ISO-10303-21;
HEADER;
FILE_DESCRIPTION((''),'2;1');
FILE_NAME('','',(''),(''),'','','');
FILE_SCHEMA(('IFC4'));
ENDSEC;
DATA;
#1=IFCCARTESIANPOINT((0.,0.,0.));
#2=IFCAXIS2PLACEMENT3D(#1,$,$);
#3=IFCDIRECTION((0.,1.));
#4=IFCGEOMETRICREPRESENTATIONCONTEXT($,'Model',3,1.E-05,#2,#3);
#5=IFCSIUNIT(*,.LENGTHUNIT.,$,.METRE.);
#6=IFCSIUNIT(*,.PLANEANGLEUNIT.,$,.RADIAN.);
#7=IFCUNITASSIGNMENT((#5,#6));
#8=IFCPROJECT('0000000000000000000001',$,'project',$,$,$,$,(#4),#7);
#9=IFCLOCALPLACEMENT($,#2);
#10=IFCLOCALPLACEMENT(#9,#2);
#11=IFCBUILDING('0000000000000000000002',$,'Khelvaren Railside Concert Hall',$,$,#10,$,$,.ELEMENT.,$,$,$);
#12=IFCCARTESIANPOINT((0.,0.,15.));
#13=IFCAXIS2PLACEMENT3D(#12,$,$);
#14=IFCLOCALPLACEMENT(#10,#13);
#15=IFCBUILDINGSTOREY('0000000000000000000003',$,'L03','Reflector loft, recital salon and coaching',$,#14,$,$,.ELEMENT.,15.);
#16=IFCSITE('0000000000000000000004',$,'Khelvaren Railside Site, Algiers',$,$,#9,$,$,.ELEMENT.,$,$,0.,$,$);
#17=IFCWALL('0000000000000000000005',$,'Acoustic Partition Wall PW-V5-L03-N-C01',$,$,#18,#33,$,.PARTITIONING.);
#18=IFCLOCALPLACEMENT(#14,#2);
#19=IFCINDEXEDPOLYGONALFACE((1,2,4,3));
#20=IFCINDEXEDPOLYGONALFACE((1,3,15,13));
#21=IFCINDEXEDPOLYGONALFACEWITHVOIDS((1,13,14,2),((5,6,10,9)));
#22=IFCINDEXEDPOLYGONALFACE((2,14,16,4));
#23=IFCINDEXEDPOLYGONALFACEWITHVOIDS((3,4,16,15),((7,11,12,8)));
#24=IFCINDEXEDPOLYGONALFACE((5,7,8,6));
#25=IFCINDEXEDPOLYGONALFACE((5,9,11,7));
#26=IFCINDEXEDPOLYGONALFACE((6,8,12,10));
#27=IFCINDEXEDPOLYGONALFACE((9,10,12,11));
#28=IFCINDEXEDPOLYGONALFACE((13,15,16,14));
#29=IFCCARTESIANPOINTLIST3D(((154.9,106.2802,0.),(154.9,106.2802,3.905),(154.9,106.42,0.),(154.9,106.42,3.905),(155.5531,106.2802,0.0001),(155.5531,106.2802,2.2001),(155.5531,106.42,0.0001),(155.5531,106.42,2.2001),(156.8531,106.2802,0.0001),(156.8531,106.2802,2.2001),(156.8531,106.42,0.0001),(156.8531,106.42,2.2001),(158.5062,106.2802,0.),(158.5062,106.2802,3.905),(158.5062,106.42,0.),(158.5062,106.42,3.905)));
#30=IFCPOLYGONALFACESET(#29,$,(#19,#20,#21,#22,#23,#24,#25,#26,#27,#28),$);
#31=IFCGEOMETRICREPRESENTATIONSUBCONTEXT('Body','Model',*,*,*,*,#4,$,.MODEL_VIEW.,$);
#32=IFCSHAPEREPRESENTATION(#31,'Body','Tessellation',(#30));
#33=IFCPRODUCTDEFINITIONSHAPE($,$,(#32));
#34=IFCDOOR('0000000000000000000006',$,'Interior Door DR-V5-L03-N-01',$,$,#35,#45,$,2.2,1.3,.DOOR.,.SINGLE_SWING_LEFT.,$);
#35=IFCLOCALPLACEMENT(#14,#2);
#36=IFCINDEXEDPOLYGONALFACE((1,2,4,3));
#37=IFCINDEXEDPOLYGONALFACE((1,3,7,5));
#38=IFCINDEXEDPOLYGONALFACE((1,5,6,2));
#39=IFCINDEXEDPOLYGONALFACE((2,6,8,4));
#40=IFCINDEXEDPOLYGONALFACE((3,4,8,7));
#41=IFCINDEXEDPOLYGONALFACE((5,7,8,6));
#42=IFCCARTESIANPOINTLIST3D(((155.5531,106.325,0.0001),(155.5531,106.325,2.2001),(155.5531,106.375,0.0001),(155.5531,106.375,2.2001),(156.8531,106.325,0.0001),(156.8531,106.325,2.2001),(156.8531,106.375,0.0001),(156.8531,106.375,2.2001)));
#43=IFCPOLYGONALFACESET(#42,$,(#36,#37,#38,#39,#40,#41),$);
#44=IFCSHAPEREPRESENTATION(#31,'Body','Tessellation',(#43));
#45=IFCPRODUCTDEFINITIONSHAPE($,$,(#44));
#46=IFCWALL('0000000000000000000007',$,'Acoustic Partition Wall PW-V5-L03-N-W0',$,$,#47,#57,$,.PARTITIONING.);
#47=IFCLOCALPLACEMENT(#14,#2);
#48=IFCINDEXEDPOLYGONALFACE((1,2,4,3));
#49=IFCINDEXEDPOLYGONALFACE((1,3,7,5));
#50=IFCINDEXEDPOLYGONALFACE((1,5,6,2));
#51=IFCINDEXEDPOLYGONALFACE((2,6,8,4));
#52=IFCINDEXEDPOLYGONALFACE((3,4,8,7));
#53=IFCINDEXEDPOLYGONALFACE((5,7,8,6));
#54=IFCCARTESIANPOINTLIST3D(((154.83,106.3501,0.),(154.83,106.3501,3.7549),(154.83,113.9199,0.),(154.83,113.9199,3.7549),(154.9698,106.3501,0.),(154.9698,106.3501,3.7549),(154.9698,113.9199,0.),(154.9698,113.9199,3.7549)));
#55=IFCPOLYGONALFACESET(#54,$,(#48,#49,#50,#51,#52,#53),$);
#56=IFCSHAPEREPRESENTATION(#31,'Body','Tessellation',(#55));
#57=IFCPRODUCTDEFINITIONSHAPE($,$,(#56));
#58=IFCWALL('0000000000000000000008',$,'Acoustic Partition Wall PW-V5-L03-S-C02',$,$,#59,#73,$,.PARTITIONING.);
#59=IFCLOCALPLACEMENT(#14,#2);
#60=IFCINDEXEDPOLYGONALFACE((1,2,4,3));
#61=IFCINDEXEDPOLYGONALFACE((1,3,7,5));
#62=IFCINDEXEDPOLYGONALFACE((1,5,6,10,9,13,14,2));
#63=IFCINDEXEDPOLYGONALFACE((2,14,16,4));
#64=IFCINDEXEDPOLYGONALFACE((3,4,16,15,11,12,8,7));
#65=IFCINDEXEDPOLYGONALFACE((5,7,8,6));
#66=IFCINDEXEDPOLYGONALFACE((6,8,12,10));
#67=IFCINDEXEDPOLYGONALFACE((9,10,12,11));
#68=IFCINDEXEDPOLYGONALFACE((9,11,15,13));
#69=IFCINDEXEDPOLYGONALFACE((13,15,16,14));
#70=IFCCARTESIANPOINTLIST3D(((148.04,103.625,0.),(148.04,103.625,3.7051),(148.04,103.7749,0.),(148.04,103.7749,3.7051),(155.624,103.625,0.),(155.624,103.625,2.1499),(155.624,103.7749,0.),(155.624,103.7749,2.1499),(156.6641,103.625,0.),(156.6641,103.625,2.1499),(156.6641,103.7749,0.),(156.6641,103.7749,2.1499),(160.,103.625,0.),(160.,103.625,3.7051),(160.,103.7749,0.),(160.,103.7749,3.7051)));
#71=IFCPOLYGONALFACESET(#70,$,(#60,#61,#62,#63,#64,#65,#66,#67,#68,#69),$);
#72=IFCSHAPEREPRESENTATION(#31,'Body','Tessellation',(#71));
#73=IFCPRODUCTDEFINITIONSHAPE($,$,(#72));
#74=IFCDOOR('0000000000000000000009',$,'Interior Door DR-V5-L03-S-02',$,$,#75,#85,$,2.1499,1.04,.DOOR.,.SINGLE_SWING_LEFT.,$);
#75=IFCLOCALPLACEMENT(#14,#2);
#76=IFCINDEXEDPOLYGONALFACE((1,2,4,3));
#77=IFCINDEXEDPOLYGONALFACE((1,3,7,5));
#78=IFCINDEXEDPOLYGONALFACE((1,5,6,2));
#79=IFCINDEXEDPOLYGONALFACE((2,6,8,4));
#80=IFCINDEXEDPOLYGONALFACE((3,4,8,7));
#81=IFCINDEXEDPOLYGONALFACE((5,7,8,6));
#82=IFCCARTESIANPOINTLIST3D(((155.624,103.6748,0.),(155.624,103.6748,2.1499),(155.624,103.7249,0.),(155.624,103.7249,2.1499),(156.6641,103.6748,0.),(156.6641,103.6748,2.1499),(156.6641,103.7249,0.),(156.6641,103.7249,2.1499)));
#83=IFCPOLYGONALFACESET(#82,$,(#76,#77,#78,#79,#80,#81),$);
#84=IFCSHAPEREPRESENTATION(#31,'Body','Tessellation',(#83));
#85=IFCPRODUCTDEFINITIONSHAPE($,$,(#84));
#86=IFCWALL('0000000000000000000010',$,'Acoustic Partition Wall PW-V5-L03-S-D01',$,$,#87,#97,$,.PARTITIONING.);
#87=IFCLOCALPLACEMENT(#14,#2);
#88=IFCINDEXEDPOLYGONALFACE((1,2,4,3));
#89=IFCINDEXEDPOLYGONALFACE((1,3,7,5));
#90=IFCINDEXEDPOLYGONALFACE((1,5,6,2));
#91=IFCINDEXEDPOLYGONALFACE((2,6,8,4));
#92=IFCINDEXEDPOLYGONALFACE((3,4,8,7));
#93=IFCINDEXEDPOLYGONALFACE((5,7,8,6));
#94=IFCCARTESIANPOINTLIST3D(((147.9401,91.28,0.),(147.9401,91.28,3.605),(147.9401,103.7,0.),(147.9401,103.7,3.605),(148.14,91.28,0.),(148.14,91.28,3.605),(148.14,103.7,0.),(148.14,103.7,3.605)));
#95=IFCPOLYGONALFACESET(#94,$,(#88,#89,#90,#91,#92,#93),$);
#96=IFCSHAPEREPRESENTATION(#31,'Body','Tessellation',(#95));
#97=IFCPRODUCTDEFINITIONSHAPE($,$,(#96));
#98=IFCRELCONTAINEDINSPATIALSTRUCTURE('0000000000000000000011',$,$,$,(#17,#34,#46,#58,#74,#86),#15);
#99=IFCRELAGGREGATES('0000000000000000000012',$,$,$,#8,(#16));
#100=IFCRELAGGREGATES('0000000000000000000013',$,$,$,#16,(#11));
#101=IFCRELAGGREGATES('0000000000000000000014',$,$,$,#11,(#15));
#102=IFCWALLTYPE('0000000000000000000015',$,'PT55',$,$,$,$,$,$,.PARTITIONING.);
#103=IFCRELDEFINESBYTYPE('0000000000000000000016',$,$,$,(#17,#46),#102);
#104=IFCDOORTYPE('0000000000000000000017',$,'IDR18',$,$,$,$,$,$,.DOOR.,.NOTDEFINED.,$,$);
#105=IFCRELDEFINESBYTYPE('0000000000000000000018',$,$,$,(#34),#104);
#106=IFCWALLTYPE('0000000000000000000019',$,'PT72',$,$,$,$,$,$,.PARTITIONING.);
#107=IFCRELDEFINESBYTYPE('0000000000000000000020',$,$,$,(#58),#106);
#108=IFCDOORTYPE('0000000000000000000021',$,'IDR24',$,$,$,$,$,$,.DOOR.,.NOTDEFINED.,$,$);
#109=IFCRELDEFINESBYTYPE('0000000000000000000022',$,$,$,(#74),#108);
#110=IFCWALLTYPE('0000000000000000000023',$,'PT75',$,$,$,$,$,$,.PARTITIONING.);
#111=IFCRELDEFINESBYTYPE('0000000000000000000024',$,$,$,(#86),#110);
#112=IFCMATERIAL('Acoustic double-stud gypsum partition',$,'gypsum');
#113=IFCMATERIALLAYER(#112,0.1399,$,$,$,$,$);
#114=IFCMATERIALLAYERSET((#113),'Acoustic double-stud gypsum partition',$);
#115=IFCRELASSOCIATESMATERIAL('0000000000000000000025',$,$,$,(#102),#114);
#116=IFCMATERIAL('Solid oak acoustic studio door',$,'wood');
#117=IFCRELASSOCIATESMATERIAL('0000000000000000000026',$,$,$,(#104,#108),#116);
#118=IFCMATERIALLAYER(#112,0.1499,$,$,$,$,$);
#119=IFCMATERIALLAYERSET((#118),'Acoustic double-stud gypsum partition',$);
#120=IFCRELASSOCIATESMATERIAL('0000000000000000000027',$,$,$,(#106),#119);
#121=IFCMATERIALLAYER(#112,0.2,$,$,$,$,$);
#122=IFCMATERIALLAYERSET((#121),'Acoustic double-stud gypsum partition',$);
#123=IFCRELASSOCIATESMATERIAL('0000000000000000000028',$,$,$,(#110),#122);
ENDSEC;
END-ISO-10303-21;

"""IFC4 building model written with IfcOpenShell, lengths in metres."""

from ifc_helpers import new_model, si_unit, direction, frame, frame_2d, origin, place, context, subcontext, project, spatial, rectangle, extrude, material, layer, layer_set, type_object, element, fill, save


model = new_model("IFC4")

# Units and contexts
model_context = context("Model", 3, precision=1e-05, world=origin(), true_north=direction((0.0, 1.0)))
body_context = subcontext(model_context, "Body", "Model", "MODEL_VIEW")
ifc_project = project(units=[si_unit("LENGTHUNIT", "METRE"), si_unit("PLANEANGLEUNIT", "RADIAN")], contexts=[model_context])

# Site, building, storey
site_placement = place(None, origin())
site = spatial("IfcSite", under=ifc_project, at=site_placement, Name="Khelvaren Railside Site, Algiers", CompositionType="ELEMENT", RefElevation=0.0)
building_placement = place(site_placement, origin())
building = spatial("IfcBuilding", under=site, at=building_placement, Name="Khelvaren Railside Concert Hall", CompositionType="ELEMENT")
storey_placement = place(building_placement, frame((0.0, 0.0, 15.0)))
storey = spatial("IfcBuildingStorey", under=building, at=storey_placement, Name="L03", Description="Reflector loft, recital salon and coaching", CompositionType="ELEMENT", Elevation=15.0)

# Wall, opening, door
ifc_material_1 = material(Name="Acoustic double-stud gypsum partition", Category="gypsum")
ifc_layer_1 = layer(ifc_material_1, 0.1399)
ifc_layer_set_1 = layer_set([ifc_layer_1], Name="Acoustic double-stud gypsum partition")
wall_type_1 = type_object("IfcWallType", Name="PT55", PredefinedType="PARTITIONING", material=ifc_layer_set_1)
wall_1_placement = place(storey_placement, frame((154.8999, 106.3501, 0.0), z_axis=(0.0, 0.0, 1.0), x_axis=(1.0, 0.0, 0.0)))
wall_1 = element("IfcWall", 1, at=wall_1_placement, inside=storey, type_object=wall_type_1, Name="Acoustic Partition Wall PW-V5-L03-N-C01", PredefinedType="PARTITIONING", context=body_context, shape_type="SweptSolid", body=[
    extrude(rectangle(XDim=3.6062, YDim=0.1399, at=frame_2d((1.8032, 0.0))), origin(), (0.0, 0.0, 1.0), 3.905),
])
opening_1_placement = place(wall_1_placement, frame((0.6533, 0.0, 0.0)))
opening_1 = element("IfcOpeningElement", 2, at=opening_1_placement, cuts=wall_1, PredefinedType="OPENING", context=body_context, shape_type="SweptSolid", body=[
    extrude(rectangle(XDim=1.3, YDim=2.2, at=frame_2d((0.6499, 1.1001))), frame((0.0, 0.0798, 0.0), z_axis=(0.0, -1.0, 0.0), x_axis=(1.0, 0.0, 0.0)), (0.0, 0.0, 1.0), 0.1599),
])
ifc_material_2 = material(Name="Solid oak acoustic studio door", Category="wood")
door_type_1 = type_object("IfcDoorType", Name="IDR18", OperationType="NOTDEFINED", PredefinedType="DOOR", material=ifc_material_2)
door_1_placement = place(opening_1_placement, origin())
door_1 = element("IfcDoor", 3, at=door_1_placement, inside=storey, type_object=door_type_1, Name="Interior Door DR-V5-L03-N-01", OperationType="SINGLE_SWING_LEFT", OverallHeight=2.2, OverallWidth=1.3, PredefinedType="DOOR", context=body_context, shape_type="SweptSolid", body=[
    extrude(rectangle(XDim=1.3, YDim=2.2, at=frame_2d((0.6499, 1.1001))), frame((0.0, 0.0249, 0.0), z_axis=(0.0, -1.0, 0.0), x_axis=(1.0, 0.0, 0.0)), (0.0, 0.0, 1.0), 0.05),
])
fill(opening_1, door_1)

# Wall
wall_2_placement = place(storey_placement, frame((154.8999, 106.3501, 0.0), z_axis=(0.0, 0.0, 1.0), x_axis=(0.0, 1.0, 0.0)))
element("IfcWall", 4, at=wall_2_placement, inside=storey, type_object=wall_type_1, Name="Acoustic Partition Wall PW-V5-L03-N-W0", PredefinedType="PARTITIONING", context=body_context, shape_type="SweptSolid", body=[
    extrude(rectangle(XDim=7.5698, YDim=0.1399, at=frame_2d((3.7849, 0.0))), origin(), (0.0, 0.0, 1.0), 3.7549),
])

# Wall, opening, door
ifc_layer_2 = layer(ifc_material_1, 0.1499)
ifc_layer_set_2 = layer_set([ifc_layer_2], Name="Acoustic double-stud gypsum partition")
wall_type_2 = type_object("IfcWallType", Name="PT72", PredefinedType="PARTITIONING", material=ifc_layer_set_2)
wall_3_placement = place(storey_placement, frame((148.04, 103.7, 0.0), z_axis=(0.0, 0.0, 1.0), x_axis=(1.0, 0.0, 0.0)))
wall_3 = element("IfcWall", 5, at=wall_3_placement, inside=storey, type_object=wall_type_2, Name="Acoustic Partition Wall PW-V5-L03-S-C02", PredefinedType="PARTITIONING", context=body_context, shape_type="SweptSolid", body=[
    extrude(rectangle(XDim=11.96, YDim=0.1499, at=frame_2d((5.98, 0.0))), origin(), (0.0, 0.0, 1.0), 3.7051),
])
opening_2_placement = place(wall_3_placement, frame((7.584, 0.0, 0.0)))
opening_2 = element("IfcOpeningElement", 6, at=opening_2_placement, cuts=wall_3, PredefinedType="OPENING", context=body_context, shape_type="SweptSolid", body=[
    extrude(rectangle(XDim=1.04, YDim=2.1499, at=frame_2d((0.52, 1.075))), frame((0.0, 0.085, 0.0), z_axis=(0.0, -1.0, 0.0), x_axis=(1.0, 0.0, 0.0)), (0.0, 0.0, 1.0), 0.1699),
])
door_type_2 = type_object("IfcDoorType", Name="IDR24", OperationType="NOTDEFINED", PredefinedType="DOOR", material=ifc_material_2)
door_2_placement = place(opening_2_placement, origin())
door_2 = element("IfcDoor", 7, at=door_2_placement, inside=storey, type_object=door_type_2, Name="Interior Door DR-V5-L03-S-02", OperationType="SINGLE_SWING_LEFT", OverallHeight=2.1499, OverallWidth=1.04, PredefinedType="DOOR", context=body_context, shape_type="SweptSolid", body=[
    extrude(rectangle(XDim=1.04, YDim=2.1499, at=frame_2d((0.52, 1.075))), frame((0.0, 0.0249, 0.0), z_axis=(0.0, -1.0, 0.0), x_axis=(1.0, 0.0, 0.0)), (0.0, 0.0, 1.0), 0.05),
])
fill(opening_2, door_2)

# Wall
ifc_layer_3 = layer(ifc_material_1, 0.2)
ifc_layer_set_3 = layer_set([ifc_layer_3], Name="Acoustic double-stud gypsum partition")
wall_type_3 = type_object("IfcWallType", Name="PT75", PredefinedType="PARTITIONING", material=ifc_layer_set_3)
wall_4_placement = place(storey_placement, frame((148.04, 91.28, 0.0), z_axis=(0.0, 0.0, 1.0), x_axis=(0.0, 1.0, 0.0)))
element("IfcWall", 8, at=wall_4_placement, inside=storey, type_object=wall_type_3, Name="Acoustic Partition Wall PW-V5-L03-S-D01", PredefinedType="PARTITIONING", context=body_context, shape_type="SweptSolid", body=[
    extrude(rectangle(XDim=12.4199, YDim=0.2, at=frame_2d((6.21, 0.0))), origin(), (0.0, 0.0, 1.0), 3.605),
])

save(model, "model.ifc")
